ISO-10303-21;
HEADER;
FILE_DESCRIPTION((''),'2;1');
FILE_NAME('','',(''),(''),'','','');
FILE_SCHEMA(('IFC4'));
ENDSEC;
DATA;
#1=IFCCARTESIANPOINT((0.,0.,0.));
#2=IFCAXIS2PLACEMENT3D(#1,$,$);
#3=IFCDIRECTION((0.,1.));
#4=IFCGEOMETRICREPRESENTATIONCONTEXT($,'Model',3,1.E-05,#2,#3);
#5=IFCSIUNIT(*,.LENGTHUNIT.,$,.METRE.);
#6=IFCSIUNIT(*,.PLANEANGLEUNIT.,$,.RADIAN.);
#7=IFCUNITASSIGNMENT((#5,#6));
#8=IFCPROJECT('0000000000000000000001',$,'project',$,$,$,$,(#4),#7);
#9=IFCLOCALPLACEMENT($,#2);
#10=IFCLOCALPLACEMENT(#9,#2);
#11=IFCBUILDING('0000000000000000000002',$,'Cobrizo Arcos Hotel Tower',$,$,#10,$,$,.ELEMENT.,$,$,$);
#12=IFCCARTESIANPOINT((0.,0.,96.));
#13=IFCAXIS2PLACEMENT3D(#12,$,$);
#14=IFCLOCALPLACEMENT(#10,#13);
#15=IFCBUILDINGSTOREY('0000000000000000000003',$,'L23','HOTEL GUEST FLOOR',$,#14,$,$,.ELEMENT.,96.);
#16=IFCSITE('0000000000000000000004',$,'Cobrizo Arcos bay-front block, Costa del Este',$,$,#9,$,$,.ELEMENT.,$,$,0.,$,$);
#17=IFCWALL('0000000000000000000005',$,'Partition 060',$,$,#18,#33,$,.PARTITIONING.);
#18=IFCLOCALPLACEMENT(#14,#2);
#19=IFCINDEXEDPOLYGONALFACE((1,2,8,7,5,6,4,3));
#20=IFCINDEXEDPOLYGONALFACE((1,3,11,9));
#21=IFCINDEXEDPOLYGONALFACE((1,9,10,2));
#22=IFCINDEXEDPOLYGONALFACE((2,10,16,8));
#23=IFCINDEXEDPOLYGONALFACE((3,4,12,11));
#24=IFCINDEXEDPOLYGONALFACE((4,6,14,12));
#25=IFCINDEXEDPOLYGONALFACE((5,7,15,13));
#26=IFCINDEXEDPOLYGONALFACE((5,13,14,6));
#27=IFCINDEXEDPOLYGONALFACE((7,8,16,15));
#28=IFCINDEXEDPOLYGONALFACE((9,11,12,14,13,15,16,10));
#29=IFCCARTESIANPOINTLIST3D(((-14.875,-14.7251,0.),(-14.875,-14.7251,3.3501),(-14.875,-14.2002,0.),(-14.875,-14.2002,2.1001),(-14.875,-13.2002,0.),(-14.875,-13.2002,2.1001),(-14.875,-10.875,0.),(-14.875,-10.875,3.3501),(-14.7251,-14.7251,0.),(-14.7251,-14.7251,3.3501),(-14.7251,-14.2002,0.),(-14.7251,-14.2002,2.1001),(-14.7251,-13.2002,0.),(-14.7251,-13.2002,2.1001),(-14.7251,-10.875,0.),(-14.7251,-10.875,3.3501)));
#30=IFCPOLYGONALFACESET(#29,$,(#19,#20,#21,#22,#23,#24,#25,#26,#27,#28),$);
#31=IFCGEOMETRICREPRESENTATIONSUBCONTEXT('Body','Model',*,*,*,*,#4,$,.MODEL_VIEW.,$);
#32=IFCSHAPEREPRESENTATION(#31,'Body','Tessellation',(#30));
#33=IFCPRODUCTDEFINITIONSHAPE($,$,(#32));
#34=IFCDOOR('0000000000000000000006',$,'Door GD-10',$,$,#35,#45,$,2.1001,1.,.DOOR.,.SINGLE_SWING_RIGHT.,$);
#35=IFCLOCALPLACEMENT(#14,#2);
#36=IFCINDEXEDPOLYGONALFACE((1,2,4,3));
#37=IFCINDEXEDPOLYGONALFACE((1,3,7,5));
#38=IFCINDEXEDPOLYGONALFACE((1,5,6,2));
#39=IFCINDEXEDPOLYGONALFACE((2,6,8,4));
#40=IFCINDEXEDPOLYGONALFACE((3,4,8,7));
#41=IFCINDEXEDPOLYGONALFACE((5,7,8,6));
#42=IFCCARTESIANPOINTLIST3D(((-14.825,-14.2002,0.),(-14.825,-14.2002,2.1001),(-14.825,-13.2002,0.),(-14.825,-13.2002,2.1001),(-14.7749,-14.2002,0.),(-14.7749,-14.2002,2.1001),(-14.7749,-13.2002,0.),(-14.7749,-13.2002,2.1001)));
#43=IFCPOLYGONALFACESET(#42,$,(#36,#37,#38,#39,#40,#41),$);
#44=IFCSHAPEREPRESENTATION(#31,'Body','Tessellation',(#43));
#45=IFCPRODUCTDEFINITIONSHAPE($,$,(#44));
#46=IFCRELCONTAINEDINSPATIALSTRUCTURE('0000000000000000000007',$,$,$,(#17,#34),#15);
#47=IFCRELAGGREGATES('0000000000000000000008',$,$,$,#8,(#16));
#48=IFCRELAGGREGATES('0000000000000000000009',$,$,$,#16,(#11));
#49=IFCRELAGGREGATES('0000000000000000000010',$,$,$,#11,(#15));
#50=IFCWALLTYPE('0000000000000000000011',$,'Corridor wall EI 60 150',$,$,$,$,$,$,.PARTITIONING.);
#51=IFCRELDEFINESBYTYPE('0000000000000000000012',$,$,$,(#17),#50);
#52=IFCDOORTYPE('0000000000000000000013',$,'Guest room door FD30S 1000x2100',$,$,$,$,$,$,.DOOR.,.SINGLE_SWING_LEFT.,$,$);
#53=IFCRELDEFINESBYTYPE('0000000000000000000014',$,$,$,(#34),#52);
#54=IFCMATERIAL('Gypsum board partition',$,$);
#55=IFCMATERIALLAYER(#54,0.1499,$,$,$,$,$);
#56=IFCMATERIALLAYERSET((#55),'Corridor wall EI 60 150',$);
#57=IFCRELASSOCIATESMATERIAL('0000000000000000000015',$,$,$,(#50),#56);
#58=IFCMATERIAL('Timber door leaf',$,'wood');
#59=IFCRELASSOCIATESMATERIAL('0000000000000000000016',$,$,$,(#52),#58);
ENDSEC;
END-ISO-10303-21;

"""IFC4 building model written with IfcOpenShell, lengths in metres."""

from ifc_helpers import new_model, si_unit, direction, frame, frame_2d, origin, place, context, subcontext, project, spatial, rectangle, extrude, material, layer, layer_set, type_object, element, fill, save


model = new_model("IFC4")

# Units and contexts
model_context = context("Model", 3, precision=1e-05, world=origin(), true_north=direction((0.0, 1.0)))
body_context = subcontext(model_context, "Body", "Model", "MODEL_VIEW")
ifc_project = project(units=[si_unit("LENGTHUNIT", "METRE"), si_unit("PLANEANGLEUNIT", "RADIAN")], contexts=[model_context])

# Site, building, storey
site_placement = place(None, origin())
site = spatial("IfcSite", under=ifc_project, at=site_placement, Name="Cobrizo Arcos bay-front block, Costa del Este", CompositionType="ELEMENT", RefElevation=0.0)
building_placement = place(site_placement, origin())
building = spatial("IfcBuilding", under=site, at=building_placement, Name="Cobrizo Arcos Hotel Tower", CompositionType="ELEMENT")
storey_placement = place(building_placement, frame((0.0, 0.0, 96.0)))
storey = spatial("IfcBuildingStorey", under=building, at=storey_placement, Name="L23", Description="HOTEL GUEST FLOOR", CompositionType="ELEMENT", Elevation=96.0)

# Shared definitions
ifc_material_1 = material(Name="Gypsum board partition")
ifc_layer_1 = layer(ifc_material_1, 0.1499)
ifc_layer_set_1 = layer_set([ifc_layer_1], Name="Corridor wall EI 60 150")
wall_type_1 = type_object("IfcWallType", Name="Corridor wall EI 60 150", PredefinedType="PARTITIONING", material=ifc_layer_set_1)
ifc_material_2 = material(Name="Timber door leaf", Category="wood")
door_type_1 = type_object("IfcDoorType", Name="Guest room door FD30S 1000x2100", OperationType="SINGLE_SWING_LEFT", PredefinedType="DOOR", material=ifc_material_2)

# Wall, opening, door
wall_1_placement = place(storey_placement, frame((-14.8, -14.7251, 0.0), z_axis=(0.0, 0.0, 1.0), x_axis=(0.0, 1.0, 0.0)))
wall_1 = element("IfcWall", 1, at=wall_1_placement, inside=storey, type_object=wall_type_1, Name="Partition 060", PredefinedType="PARTITIONING", context=body_context, shape_type="SweptSolid", body=[
    extrude(rectangle(XDim=3.8501, YDim=0.1499, at=frame_2d((1.925, 0.0))), origin(), (0.0, 0.0, 1.0), 3.3501),
])
opening_1_placement = place(wall_1_placement, frame((0.5249, 0.0, 0.0)))
opening_1 = element("IfcOpeningElement", 2, at=opening_1_placement, cuts=wall_1, PredefinedType="OPENING", context=body_context, shape_type="SweptSolid", body=[
    extrude(rectangle(XDim=1.0, YDim=2.1001, at=frame_2d((0.5, 1.05))), frame((0.0, 0.0869, 0.0), z_axis=(0.0, -1.0, 0.0), x_axis=(1.0, 0.0, 0.0)), (0.0, 0.0, 1.0), 0.1738),
])
door_1_placement = place(opening_1_placement, origin())
door_1 = element("IfcDoor", 3, at=door_1_placement, inside=storey, type_object=door_type_1, Name="Door GD-10", OperationType="SINGLE_SWING_RIGHT", OverallHeight=2.1001, OverallWidth=1.0, PredefinedType="DOOR", context=body_context, shape_type="SweptSolid", body=[
    extrude(rectangle(XDim=1.0, YDim=2.1001, at=frame_2d((0.5, 1.05))), frame((0.0, 0.0249, 0.0), z_axis=(0.0, -1.0, 0.0), x_axis=(1.0, 0.0, 0.0)), (0.0, 0.0, 1.0), 0.05),
])
fill(opening_1, door_1)

save(model, "model.ifc")
